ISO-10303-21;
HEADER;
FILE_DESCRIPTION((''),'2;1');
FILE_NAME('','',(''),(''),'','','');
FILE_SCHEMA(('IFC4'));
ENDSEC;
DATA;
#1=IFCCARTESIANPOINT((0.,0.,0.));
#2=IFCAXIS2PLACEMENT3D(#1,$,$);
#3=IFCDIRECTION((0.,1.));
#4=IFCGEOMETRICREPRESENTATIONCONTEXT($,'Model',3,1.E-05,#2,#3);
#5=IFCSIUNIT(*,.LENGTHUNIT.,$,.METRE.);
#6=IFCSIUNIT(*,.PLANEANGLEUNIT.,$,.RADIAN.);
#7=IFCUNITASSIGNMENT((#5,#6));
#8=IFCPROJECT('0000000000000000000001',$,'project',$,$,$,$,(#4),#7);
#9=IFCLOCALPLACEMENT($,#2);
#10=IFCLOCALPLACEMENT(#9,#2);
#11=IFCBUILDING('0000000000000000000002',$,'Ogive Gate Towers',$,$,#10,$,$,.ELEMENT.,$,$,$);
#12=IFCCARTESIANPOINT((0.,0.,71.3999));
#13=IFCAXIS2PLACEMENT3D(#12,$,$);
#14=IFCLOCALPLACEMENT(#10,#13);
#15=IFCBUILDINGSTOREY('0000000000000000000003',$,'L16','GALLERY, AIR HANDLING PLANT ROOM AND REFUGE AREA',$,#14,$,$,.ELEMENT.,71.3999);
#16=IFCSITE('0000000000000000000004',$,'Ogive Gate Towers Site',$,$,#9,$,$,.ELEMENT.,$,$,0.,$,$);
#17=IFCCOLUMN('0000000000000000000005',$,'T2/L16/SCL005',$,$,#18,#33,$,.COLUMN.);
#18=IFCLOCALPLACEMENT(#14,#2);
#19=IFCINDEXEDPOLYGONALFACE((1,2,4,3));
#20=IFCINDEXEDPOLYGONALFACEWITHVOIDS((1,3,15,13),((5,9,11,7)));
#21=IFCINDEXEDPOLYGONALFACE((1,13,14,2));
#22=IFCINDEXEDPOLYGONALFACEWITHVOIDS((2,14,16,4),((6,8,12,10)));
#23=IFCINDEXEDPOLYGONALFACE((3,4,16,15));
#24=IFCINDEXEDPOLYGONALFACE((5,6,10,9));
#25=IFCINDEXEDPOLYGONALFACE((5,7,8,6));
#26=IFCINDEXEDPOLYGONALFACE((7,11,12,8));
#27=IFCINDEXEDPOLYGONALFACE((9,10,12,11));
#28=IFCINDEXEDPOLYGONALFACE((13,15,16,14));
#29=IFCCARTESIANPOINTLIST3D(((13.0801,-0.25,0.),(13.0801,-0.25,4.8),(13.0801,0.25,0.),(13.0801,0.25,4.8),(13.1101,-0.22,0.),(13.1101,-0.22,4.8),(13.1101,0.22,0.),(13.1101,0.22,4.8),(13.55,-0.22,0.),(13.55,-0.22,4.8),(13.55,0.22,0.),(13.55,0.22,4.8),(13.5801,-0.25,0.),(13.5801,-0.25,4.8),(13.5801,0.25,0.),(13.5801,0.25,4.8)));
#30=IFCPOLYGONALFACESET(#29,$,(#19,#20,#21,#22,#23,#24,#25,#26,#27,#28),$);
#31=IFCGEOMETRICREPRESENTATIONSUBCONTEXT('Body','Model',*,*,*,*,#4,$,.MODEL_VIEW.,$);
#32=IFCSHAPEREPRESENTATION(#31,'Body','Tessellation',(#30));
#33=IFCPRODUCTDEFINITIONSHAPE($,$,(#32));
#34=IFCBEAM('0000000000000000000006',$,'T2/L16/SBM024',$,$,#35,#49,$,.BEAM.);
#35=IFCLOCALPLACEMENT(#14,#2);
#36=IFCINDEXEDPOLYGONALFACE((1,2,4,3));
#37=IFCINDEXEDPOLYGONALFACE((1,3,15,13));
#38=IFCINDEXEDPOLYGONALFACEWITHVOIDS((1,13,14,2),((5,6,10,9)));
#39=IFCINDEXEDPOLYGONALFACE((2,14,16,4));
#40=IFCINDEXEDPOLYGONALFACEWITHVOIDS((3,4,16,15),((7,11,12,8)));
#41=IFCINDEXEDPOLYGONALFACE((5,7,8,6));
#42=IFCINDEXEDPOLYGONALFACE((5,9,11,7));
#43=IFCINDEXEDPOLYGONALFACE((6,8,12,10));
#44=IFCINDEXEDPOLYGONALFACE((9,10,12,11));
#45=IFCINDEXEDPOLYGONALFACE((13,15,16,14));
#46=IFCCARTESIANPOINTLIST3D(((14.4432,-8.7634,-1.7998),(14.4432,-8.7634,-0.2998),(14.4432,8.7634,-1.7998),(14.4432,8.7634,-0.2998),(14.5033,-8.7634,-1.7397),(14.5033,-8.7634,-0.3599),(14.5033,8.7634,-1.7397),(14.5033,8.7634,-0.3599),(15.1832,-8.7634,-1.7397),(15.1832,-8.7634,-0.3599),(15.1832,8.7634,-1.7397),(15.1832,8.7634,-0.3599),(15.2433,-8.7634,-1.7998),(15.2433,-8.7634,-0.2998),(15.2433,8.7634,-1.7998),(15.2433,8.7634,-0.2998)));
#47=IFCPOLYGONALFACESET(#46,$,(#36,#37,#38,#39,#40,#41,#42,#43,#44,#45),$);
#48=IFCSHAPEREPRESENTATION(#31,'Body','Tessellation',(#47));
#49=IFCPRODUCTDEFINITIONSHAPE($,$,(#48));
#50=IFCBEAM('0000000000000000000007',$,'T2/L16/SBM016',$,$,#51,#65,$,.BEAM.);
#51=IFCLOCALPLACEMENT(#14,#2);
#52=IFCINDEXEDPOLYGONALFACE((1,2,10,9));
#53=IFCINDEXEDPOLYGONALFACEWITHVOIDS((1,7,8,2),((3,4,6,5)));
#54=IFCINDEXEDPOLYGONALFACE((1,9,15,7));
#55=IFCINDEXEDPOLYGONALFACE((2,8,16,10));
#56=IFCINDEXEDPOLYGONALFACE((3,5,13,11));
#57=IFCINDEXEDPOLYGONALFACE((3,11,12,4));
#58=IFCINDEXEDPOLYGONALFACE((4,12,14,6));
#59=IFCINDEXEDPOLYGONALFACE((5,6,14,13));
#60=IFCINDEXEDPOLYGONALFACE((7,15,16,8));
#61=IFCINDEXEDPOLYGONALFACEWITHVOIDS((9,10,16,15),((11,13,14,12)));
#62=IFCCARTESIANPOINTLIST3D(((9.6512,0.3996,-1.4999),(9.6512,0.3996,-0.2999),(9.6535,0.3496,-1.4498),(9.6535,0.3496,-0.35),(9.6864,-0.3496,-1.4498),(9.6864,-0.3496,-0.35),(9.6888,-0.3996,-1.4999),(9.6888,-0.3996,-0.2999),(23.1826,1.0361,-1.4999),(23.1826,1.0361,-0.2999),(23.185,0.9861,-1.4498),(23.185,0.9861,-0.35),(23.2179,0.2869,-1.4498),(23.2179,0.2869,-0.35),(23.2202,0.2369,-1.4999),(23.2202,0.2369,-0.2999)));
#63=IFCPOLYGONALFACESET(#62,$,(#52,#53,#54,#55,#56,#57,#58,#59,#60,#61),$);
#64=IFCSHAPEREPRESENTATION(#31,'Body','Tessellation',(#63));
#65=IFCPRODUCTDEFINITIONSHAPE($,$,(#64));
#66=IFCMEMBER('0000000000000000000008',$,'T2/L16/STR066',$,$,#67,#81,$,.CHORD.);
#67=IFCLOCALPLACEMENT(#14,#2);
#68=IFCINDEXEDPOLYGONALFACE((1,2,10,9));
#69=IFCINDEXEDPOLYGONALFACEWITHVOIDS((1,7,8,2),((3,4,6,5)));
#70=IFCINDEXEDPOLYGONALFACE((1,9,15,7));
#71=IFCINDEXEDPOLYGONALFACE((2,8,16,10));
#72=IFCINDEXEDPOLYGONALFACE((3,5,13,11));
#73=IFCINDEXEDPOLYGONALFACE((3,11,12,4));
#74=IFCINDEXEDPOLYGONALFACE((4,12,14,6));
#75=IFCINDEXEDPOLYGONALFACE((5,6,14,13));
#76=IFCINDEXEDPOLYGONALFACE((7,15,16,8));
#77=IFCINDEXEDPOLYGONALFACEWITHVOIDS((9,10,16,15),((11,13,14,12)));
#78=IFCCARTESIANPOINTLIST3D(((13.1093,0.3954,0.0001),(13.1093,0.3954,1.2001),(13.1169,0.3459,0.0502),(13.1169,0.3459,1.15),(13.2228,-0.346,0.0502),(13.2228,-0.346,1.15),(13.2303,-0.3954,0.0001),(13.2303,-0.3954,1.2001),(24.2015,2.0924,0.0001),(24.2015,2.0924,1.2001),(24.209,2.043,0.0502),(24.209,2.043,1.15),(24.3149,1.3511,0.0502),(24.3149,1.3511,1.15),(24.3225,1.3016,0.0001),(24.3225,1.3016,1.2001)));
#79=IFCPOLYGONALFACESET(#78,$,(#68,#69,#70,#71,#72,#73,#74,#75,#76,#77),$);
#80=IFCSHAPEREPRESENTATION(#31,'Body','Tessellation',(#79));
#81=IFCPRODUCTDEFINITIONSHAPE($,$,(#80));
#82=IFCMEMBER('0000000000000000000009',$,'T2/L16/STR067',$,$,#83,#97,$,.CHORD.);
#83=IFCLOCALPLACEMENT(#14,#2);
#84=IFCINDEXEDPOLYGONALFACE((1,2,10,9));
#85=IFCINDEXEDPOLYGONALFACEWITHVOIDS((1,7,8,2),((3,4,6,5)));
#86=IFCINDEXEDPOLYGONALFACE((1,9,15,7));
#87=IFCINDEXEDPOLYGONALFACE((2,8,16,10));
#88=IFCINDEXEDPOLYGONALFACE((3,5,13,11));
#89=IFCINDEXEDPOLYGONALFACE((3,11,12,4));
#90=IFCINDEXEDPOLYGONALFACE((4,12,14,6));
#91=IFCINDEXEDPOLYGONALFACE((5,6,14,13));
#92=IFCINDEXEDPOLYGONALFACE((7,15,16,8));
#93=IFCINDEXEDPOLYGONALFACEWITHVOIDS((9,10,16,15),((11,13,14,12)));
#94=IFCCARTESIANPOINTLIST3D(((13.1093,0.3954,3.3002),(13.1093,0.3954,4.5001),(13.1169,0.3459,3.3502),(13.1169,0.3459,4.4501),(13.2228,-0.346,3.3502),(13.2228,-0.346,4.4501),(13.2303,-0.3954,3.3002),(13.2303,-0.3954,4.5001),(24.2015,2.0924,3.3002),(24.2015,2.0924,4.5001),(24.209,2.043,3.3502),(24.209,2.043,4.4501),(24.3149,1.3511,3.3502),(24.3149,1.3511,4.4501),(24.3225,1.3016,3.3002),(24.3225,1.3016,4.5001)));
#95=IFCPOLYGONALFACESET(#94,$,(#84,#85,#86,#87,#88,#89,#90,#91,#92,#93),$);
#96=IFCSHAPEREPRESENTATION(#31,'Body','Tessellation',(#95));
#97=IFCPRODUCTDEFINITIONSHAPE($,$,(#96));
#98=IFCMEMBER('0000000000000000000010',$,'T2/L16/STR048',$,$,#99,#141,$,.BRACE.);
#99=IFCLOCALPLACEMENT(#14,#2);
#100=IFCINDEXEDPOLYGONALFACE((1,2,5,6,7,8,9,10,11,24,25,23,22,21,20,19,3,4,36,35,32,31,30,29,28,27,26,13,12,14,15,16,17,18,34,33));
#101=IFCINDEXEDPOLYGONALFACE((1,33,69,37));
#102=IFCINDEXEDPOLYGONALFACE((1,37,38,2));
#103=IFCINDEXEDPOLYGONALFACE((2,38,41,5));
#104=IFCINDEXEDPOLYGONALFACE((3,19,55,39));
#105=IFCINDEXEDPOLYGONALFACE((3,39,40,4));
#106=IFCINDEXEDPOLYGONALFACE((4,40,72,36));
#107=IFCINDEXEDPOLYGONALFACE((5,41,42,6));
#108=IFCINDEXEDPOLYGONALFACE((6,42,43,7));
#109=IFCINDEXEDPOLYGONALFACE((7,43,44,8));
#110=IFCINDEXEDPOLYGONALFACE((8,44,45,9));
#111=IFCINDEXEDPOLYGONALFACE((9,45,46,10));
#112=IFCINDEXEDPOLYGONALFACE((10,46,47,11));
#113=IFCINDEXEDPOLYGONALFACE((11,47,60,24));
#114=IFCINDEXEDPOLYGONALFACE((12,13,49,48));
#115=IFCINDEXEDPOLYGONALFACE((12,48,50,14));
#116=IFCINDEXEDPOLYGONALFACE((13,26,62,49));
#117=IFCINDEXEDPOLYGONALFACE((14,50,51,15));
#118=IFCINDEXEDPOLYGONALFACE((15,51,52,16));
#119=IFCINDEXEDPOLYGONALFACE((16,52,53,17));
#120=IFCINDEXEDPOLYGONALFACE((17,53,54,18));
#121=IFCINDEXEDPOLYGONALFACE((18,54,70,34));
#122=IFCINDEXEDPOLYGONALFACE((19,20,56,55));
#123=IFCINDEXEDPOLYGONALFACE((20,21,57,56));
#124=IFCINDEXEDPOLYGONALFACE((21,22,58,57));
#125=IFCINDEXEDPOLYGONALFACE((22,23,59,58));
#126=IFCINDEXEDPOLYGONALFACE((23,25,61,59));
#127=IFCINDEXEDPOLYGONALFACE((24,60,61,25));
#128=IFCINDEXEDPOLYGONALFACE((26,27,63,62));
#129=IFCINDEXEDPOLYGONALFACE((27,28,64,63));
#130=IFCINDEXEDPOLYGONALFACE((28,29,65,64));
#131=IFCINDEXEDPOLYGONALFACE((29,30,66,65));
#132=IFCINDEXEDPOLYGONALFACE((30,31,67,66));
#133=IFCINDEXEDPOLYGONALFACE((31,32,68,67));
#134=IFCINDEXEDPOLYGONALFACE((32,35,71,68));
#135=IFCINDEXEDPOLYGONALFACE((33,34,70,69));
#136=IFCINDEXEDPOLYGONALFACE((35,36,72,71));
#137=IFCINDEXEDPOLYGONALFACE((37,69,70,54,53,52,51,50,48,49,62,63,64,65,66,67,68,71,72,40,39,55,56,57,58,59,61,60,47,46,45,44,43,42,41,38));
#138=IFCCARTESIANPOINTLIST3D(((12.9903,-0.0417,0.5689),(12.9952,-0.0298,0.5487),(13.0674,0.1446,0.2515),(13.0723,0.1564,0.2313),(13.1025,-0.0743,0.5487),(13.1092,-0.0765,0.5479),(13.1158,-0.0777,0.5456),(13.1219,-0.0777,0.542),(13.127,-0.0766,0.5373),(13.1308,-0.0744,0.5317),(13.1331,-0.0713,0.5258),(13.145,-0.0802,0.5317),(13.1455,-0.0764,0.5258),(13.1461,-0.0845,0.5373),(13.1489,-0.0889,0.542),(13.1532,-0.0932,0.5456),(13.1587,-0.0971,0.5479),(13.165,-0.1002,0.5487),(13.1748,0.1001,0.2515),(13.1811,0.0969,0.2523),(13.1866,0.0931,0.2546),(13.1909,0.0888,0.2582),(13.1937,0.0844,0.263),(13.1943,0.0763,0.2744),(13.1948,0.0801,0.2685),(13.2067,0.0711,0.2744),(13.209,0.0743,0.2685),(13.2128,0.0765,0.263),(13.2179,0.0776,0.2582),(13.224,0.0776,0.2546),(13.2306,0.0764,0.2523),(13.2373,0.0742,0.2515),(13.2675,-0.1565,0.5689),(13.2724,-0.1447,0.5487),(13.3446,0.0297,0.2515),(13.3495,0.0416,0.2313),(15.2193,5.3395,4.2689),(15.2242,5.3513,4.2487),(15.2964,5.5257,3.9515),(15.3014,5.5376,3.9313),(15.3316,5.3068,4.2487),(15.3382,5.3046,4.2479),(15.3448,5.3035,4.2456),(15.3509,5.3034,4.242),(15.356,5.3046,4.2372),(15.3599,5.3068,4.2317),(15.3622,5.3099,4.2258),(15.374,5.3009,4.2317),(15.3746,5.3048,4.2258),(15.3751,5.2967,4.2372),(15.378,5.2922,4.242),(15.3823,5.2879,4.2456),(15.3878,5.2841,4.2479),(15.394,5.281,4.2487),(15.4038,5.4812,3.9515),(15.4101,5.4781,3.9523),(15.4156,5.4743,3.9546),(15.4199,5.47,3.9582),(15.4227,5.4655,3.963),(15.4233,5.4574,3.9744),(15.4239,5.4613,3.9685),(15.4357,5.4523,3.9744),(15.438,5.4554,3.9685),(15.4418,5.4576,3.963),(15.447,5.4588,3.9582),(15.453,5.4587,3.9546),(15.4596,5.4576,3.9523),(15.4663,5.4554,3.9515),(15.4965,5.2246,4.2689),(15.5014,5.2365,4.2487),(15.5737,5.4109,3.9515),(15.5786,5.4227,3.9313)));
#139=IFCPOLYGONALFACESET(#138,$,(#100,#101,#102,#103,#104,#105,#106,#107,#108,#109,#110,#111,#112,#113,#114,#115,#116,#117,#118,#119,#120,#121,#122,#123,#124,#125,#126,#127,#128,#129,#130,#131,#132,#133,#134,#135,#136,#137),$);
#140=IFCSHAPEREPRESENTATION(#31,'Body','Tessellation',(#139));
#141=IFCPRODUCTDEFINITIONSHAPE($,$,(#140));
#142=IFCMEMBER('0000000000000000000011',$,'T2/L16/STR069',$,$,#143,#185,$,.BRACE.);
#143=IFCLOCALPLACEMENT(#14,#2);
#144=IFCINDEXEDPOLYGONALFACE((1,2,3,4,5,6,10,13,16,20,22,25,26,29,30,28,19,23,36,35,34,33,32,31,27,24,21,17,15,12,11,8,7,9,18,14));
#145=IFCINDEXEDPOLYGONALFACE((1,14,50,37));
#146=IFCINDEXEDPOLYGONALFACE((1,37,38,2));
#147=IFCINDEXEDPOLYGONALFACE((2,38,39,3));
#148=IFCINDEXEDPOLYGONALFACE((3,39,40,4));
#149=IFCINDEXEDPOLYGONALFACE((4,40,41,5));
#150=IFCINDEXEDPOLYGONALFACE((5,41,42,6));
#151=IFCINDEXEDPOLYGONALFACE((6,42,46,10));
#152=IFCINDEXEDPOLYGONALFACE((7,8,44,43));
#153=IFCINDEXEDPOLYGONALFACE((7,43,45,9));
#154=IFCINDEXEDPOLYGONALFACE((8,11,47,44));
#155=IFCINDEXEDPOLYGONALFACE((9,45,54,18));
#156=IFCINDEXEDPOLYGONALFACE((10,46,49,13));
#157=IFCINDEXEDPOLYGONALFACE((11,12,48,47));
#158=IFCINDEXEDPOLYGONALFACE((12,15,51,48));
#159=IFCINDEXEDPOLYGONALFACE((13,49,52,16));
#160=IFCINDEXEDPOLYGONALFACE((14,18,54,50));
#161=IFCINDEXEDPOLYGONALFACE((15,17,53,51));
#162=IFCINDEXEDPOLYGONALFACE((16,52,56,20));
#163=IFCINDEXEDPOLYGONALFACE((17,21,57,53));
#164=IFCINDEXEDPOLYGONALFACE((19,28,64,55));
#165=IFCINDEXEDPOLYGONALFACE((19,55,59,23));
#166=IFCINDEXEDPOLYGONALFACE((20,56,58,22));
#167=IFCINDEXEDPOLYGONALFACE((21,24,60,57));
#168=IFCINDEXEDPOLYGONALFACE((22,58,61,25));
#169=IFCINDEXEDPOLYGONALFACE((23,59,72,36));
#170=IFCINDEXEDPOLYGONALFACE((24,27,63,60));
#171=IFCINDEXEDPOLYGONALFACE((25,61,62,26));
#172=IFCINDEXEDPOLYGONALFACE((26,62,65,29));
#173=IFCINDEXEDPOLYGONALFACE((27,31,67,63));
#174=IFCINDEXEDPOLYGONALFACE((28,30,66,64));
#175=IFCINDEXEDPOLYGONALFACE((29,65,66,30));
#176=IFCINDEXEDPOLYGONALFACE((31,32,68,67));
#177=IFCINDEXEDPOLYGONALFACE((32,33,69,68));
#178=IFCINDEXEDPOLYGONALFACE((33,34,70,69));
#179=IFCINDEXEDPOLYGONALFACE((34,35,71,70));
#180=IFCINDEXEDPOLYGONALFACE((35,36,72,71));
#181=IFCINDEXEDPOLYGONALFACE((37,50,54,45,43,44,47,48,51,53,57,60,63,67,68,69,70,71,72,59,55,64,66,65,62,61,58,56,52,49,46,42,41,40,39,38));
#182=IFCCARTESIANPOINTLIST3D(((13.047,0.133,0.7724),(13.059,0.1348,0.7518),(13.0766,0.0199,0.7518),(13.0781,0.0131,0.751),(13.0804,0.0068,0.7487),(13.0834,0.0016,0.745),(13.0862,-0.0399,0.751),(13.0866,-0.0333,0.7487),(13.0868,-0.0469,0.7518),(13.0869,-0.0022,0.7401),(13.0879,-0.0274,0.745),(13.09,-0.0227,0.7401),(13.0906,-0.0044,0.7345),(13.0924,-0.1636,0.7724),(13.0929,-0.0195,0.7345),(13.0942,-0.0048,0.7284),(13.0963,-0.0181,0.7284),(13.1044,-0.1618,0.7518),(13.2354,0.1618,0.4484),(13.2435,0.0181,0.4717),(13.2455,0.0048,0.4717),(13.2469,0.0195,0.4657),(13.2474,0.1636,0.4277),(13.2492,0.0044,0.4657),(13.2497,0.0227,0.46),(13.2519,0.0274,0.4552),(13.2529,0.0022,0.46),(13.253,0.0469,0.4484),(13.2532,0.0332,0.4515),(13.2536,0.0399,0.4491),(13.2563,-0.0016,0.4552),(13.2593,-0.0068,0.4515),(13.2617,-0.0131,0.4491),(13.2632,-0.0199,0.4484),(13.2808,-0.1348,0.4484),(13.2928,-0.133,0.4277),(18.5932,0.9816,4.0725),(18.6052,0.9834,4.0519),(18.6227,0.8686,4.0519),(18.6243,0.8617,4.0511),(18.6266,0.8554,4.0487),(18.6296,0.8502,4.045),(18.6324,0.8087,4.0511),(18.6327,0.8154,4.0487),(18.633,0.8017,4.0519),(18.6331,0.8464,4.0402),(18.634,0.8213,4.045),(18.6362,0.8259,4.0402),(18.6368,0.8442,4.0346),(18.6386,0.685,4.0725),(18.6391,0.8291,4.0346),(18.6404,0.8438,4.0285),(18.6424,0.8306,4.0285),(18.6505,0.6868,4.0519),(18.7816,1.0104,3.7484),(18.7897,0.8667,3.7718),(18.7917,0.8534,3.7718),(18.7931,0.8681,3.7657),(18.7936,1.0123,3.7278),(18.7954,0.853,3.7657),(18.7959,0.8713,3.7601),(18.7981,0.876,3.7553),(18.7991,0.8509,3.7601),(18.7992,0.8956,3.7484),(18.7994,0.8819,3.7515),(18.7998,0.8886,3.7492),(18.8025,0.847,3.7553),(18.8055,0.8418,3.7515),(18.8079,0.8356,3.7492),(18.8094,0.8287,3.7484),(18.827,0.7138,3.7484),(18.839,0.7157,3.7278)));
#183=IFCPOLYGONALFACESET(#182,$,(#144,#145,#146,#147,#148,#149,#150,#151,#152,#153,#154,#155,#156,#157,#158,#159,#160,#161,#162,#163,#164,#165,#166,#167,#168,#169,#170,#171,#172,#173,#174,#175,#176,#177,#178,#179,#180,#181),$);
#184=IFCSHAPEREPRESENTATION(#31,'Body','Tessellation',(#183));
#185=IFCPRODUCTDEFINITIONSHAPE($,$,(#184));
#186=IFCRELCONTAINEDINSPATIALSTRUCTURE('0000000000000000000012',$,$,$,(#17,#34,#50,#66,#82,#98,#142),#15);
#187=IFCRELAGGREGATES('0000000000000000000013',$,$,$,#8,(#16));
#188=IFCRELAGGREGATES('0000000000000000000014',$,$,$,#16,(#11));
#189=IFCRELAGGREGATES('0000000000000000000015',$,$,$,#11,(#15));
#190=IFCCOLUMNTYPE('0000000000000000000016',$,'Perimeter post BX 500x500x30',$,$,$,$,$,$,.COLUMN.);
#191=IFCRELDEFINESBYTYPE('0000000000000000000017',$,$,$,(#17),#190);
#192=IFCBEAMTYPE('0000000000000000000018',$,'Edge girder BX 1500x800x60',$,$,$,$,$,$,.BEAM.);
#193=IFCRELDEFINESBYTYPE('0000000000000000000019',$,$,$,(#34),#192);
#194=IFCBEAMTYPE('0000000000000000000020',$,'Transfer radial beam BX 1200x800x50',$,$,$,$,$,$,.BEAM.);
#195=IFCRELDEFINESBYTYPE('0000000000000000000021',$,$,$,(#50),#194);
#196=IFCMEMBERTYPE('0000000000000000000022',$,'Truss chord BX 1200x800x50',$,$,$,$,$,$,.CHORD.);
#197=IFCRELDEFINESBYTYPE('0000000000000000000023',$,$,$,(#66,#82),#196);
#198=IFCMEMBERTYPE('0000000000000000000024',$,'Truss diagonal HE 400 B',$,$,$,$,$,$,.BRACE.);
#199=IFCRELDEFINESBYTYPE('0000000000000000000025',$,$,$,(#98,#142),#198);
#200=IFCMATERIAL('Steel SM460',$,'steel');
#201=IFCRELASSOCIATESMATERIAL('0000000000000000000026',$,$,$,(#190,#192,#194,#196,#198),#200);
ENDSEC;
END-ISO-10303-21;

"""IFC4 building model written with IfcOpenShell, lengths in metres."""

from ifc_helpers import new_model, si_unit, direction, frame, origin, origin_2d, place, context, subcontext, project, spatial, hollow_rectangle, i_section, extrude, material, material_profile, profile_set, type_object, element, save


model = new_model("IFC4")

# Units and contexts
model_context = context("Model", 3, precision=1e-05, world=origin(), true_north=direction((0.0, 1.0)))
body_context = subcontext(model_context, "Body", "Model", "MODEL_VIEW")
ifc_project = project(units=[si_unit("LENGTHUNIT", "METRE"), si_unit("PLANEANGLEUNIT", "RADIAN")], contexts=[model_context])

# Site, building, storey
site_placement = place(None, origin())
site = spatial("IfcSite", under=ifc_project, at=site_placement, Name="Ogive Gate Towers Site", CompositionType="ELEMENT", RefElevation=0.0)
building_placement = place(site_placement, origin())
building = spatial("IfcBuilding", under=site, at=building_placement, Name="Ogive Gate Towers", CompositionType="ELEMENT")
storey_placement = place(building_placement, frame((0.0, 0.0, 71.3999)))
storey = spatial("IfcBuildingStorey", under=building, at=storey_placement, Name="L16", Description="GALLERY, AIR HANDLING PLANT ROOM AND REFUGE AREA", CompositionType="ELEMENT", Elevation=71.3999)

# Column
ifc_material_1 = material(Name="Steel SM460", Category="steel")
ifc_material_profile_1 = material_profile(ifc_material_1, hollow_rectangle(XDim=0.5, YDim=0.5, WallThickness=0.03, at=origin_2d()), Name="BX 500x500x30")
ifc_profile_set_1 = profile_set([ifc_material_profile_1], Name="Steel SM460")
column_type = type_object("IfcColumnType", Name="Perimeter post BX 500x500x30", PredefinedType="COLUMN", material=ifc_profile_set_1)
column_placement = place(storey_placement, frame((13.3301, 0.0, 0.0), z_axis=(0.0, 0.0, 1.0), x_axis=(1.0, 0.0, 0.0)))
element("IfcColumn", 1, at=column_placement, inside=storey, type_object=column_type, Name="T2/L16/SCL005", PredefinedType="COLUMN", context=body_context, shape_type="SweptSolid", body=[
    extrude(hollow_rectangle(XDim=0.5, YDim=0.5, WallThickness=0.03, at=origin_2d()), origin(), (0.0, 0.0, 1.0), 4.8),
])

# Beams
ifc_material_profile_2 = material_profile(ifc_material_1, hollow_rectangle(XDim=0.8, YDim=1.5, WallThickness=0.0601, at=origin_2d()), Name="BX 1500x800x60")
ifc_profile_set_2 = profile_set([ifc_material_profile_2], Name="Steel SM460")
beam_type_1 = type_object("IfcBeamType", Name="Edge girder BX 1500x800x60", PredefinedType="BEAM", material=ifc_profile_set_2)
beam_1_placement = place(storey_placement, frame((14.8433, 8.7634, -1.0498), z_axis=(0.0, -1.0, 0.0), x_axis=(1.0, 0.0, 0.0)))
element("IfcBeam", 2, at=beam_1_placement, inside=storey, type_object=beam_type_1, Name="T2/L16/SBM024", PredefinedType="BEAM", context=body_context, shape_type="SweptSolid", body=[
    extrude(hollow_rectangle(XDim=0.8, YDim=1.5, WallThickness=0.0601, at=origin_2d()), origin(), (0.0, 0.0, 1.0), 17.5269),
])
ifc_material_profile_3 = material_profile(ifc_material_1, hollow_rectangle(XDim=0.8, YDim=1.2, WallThickness=0.05, at=origin_2d()), Name="BX 1200x800x50")
ifc_profile_set_3 = profile_set([ifc_material_profile_3], Name="Steel SM460")
beam_type_2 = type_object("IfcBeamType", Name="Transfer radial beam BX 1200x800x50", PredefinedType="BEAM", material=ifc_profile_set_3)
beam_2_placement = place(storey_placement, frame((23.2014, 0.6365, -0.8999), z_axis=(-0.998896, -0.046985, 0.0), x_axis=(0.046985, -0.998896, 0.0)))
element("IfcBeam", 3, at=beam_2_placement, inside=storey, type_object=beam_type_2, Name="T2/L16/SBM016", PredefinedType="BEAM", context=body_context, shape_type="SweptSolid", body=[
    extrude(hollow_rectangle(XDim=0.8, YDim=1.2, WallThickness=0.05, at=origin_2d()), origin(), (0.0, 0.0, 1.0), 13.5464),
])

# Members
ifc_material_profile_4 = material_profile(ifc_material_1, hollow_rectangle(XDim=0.8, YDim=1.2, WallThickness=0.05, at=origin_2d()), Name="BX 1200x800x50")
ifc_profile_set_4 = profile_set([ifc_material_profile_4], Name="Steel SM460")
member_type_1 = type_object("IfcMemberType", Name="Truss chord BX 1200x800x50", PredefinedType="CHORD", material=ifc_profile_set_4)
for number, where, z_axis, x_axis, name in (
    (4, (24.262, 1.697, 0.6001), (-0.988498, -0.151235, 0.0), (0.151235, -0.988498, 0.0), "T2/L16/STR066"),
    (5, (24.262, 1.697, 3.9001), (-0.988498, -0.151235, 0.0), (0.151235, -0.988498, 0.0), "T2/L16/STR067"),
):
    element("IfcMember", number, at=place(storey_placement, frame(where, z_axis=z_axis, x_axis=x_axis)), inside=storey, type_object=member_type_1, Name=name, PredefinedType="CHORD", context=body_context, shape_type="SweptSolid", body=[
        extrude(hollow_rectangle(XDim=0.8, YDim=1.2, WallThickness=0.05, at=origin_2d()), origin(), (0.0, 0.0, 1.0), 11.2212),
    ])
ifc_material_profile_5 = material_profile(ifc_material_1, i_section(OverallWidth=0.3, OverallDepth=0.3999, WebThickness=0.0134, FlangeThickness=0.0239, FilletRadius=0.0271, at=origin_2d()), Name="HE 400 B")
ifc_profile_set_5 = profile_set([ifc_material_profile_5], Name="Steel SM460")
member_type_2 = type_object("IfcMemberType", Name="Truss diagonal HE 400 B", PredefinedType="BRACE", material=ifc_profile_set_5)
member_1_placement = place(storey_placement, frame((15.3989, 5.3811, 4.1001), z_axis=(-0.323029, -0.779834, -0.5362), x_axis=(0.923875, -0.382695, 0.0)))
element("IfcMember", 6, at=member_1_placement, inside=storey, type_object=member_type_2, Name="T2/L16/STR048", PredefinedType="BRACE", context=body_context, shape_type="SweptSolid", body=[
    extrude(i_section(OverallWidth=0.3, OverallDepth=0.3999, WebThickness=0.0134, FlangeThickness=0.0239, FilletRadius=0.0271, at=origin_2d()), origin(), (0.0, 0.0, 1.0), 6.9004),
])
member_2_placement = place(storey_placement, frame((18.7161, 0.8486, 3.9001), z_axis=(-0.852042, -0.130374, -0.506979), x_axis=(0.151253, -0.988495, 0.0)))
element("IfcMember", 7, at=member_2_placement, inside=storey, type_object=member_type_2, Name="T2/L16/STR069", PredefinedType="BRACE", context=body_context, shape_type="SweptSolid", body=[
    extrude(i_section(OverallWidth=0.3, OverallDepth=0.3999, WebThickness=0.0134, FlangeThickness=0.0239, FilletRadius=0.0271, at=origin_2d()), origin(), (0.0, 0.0, 1.0), 6.5093),
])

save(model, "model.ifc")
